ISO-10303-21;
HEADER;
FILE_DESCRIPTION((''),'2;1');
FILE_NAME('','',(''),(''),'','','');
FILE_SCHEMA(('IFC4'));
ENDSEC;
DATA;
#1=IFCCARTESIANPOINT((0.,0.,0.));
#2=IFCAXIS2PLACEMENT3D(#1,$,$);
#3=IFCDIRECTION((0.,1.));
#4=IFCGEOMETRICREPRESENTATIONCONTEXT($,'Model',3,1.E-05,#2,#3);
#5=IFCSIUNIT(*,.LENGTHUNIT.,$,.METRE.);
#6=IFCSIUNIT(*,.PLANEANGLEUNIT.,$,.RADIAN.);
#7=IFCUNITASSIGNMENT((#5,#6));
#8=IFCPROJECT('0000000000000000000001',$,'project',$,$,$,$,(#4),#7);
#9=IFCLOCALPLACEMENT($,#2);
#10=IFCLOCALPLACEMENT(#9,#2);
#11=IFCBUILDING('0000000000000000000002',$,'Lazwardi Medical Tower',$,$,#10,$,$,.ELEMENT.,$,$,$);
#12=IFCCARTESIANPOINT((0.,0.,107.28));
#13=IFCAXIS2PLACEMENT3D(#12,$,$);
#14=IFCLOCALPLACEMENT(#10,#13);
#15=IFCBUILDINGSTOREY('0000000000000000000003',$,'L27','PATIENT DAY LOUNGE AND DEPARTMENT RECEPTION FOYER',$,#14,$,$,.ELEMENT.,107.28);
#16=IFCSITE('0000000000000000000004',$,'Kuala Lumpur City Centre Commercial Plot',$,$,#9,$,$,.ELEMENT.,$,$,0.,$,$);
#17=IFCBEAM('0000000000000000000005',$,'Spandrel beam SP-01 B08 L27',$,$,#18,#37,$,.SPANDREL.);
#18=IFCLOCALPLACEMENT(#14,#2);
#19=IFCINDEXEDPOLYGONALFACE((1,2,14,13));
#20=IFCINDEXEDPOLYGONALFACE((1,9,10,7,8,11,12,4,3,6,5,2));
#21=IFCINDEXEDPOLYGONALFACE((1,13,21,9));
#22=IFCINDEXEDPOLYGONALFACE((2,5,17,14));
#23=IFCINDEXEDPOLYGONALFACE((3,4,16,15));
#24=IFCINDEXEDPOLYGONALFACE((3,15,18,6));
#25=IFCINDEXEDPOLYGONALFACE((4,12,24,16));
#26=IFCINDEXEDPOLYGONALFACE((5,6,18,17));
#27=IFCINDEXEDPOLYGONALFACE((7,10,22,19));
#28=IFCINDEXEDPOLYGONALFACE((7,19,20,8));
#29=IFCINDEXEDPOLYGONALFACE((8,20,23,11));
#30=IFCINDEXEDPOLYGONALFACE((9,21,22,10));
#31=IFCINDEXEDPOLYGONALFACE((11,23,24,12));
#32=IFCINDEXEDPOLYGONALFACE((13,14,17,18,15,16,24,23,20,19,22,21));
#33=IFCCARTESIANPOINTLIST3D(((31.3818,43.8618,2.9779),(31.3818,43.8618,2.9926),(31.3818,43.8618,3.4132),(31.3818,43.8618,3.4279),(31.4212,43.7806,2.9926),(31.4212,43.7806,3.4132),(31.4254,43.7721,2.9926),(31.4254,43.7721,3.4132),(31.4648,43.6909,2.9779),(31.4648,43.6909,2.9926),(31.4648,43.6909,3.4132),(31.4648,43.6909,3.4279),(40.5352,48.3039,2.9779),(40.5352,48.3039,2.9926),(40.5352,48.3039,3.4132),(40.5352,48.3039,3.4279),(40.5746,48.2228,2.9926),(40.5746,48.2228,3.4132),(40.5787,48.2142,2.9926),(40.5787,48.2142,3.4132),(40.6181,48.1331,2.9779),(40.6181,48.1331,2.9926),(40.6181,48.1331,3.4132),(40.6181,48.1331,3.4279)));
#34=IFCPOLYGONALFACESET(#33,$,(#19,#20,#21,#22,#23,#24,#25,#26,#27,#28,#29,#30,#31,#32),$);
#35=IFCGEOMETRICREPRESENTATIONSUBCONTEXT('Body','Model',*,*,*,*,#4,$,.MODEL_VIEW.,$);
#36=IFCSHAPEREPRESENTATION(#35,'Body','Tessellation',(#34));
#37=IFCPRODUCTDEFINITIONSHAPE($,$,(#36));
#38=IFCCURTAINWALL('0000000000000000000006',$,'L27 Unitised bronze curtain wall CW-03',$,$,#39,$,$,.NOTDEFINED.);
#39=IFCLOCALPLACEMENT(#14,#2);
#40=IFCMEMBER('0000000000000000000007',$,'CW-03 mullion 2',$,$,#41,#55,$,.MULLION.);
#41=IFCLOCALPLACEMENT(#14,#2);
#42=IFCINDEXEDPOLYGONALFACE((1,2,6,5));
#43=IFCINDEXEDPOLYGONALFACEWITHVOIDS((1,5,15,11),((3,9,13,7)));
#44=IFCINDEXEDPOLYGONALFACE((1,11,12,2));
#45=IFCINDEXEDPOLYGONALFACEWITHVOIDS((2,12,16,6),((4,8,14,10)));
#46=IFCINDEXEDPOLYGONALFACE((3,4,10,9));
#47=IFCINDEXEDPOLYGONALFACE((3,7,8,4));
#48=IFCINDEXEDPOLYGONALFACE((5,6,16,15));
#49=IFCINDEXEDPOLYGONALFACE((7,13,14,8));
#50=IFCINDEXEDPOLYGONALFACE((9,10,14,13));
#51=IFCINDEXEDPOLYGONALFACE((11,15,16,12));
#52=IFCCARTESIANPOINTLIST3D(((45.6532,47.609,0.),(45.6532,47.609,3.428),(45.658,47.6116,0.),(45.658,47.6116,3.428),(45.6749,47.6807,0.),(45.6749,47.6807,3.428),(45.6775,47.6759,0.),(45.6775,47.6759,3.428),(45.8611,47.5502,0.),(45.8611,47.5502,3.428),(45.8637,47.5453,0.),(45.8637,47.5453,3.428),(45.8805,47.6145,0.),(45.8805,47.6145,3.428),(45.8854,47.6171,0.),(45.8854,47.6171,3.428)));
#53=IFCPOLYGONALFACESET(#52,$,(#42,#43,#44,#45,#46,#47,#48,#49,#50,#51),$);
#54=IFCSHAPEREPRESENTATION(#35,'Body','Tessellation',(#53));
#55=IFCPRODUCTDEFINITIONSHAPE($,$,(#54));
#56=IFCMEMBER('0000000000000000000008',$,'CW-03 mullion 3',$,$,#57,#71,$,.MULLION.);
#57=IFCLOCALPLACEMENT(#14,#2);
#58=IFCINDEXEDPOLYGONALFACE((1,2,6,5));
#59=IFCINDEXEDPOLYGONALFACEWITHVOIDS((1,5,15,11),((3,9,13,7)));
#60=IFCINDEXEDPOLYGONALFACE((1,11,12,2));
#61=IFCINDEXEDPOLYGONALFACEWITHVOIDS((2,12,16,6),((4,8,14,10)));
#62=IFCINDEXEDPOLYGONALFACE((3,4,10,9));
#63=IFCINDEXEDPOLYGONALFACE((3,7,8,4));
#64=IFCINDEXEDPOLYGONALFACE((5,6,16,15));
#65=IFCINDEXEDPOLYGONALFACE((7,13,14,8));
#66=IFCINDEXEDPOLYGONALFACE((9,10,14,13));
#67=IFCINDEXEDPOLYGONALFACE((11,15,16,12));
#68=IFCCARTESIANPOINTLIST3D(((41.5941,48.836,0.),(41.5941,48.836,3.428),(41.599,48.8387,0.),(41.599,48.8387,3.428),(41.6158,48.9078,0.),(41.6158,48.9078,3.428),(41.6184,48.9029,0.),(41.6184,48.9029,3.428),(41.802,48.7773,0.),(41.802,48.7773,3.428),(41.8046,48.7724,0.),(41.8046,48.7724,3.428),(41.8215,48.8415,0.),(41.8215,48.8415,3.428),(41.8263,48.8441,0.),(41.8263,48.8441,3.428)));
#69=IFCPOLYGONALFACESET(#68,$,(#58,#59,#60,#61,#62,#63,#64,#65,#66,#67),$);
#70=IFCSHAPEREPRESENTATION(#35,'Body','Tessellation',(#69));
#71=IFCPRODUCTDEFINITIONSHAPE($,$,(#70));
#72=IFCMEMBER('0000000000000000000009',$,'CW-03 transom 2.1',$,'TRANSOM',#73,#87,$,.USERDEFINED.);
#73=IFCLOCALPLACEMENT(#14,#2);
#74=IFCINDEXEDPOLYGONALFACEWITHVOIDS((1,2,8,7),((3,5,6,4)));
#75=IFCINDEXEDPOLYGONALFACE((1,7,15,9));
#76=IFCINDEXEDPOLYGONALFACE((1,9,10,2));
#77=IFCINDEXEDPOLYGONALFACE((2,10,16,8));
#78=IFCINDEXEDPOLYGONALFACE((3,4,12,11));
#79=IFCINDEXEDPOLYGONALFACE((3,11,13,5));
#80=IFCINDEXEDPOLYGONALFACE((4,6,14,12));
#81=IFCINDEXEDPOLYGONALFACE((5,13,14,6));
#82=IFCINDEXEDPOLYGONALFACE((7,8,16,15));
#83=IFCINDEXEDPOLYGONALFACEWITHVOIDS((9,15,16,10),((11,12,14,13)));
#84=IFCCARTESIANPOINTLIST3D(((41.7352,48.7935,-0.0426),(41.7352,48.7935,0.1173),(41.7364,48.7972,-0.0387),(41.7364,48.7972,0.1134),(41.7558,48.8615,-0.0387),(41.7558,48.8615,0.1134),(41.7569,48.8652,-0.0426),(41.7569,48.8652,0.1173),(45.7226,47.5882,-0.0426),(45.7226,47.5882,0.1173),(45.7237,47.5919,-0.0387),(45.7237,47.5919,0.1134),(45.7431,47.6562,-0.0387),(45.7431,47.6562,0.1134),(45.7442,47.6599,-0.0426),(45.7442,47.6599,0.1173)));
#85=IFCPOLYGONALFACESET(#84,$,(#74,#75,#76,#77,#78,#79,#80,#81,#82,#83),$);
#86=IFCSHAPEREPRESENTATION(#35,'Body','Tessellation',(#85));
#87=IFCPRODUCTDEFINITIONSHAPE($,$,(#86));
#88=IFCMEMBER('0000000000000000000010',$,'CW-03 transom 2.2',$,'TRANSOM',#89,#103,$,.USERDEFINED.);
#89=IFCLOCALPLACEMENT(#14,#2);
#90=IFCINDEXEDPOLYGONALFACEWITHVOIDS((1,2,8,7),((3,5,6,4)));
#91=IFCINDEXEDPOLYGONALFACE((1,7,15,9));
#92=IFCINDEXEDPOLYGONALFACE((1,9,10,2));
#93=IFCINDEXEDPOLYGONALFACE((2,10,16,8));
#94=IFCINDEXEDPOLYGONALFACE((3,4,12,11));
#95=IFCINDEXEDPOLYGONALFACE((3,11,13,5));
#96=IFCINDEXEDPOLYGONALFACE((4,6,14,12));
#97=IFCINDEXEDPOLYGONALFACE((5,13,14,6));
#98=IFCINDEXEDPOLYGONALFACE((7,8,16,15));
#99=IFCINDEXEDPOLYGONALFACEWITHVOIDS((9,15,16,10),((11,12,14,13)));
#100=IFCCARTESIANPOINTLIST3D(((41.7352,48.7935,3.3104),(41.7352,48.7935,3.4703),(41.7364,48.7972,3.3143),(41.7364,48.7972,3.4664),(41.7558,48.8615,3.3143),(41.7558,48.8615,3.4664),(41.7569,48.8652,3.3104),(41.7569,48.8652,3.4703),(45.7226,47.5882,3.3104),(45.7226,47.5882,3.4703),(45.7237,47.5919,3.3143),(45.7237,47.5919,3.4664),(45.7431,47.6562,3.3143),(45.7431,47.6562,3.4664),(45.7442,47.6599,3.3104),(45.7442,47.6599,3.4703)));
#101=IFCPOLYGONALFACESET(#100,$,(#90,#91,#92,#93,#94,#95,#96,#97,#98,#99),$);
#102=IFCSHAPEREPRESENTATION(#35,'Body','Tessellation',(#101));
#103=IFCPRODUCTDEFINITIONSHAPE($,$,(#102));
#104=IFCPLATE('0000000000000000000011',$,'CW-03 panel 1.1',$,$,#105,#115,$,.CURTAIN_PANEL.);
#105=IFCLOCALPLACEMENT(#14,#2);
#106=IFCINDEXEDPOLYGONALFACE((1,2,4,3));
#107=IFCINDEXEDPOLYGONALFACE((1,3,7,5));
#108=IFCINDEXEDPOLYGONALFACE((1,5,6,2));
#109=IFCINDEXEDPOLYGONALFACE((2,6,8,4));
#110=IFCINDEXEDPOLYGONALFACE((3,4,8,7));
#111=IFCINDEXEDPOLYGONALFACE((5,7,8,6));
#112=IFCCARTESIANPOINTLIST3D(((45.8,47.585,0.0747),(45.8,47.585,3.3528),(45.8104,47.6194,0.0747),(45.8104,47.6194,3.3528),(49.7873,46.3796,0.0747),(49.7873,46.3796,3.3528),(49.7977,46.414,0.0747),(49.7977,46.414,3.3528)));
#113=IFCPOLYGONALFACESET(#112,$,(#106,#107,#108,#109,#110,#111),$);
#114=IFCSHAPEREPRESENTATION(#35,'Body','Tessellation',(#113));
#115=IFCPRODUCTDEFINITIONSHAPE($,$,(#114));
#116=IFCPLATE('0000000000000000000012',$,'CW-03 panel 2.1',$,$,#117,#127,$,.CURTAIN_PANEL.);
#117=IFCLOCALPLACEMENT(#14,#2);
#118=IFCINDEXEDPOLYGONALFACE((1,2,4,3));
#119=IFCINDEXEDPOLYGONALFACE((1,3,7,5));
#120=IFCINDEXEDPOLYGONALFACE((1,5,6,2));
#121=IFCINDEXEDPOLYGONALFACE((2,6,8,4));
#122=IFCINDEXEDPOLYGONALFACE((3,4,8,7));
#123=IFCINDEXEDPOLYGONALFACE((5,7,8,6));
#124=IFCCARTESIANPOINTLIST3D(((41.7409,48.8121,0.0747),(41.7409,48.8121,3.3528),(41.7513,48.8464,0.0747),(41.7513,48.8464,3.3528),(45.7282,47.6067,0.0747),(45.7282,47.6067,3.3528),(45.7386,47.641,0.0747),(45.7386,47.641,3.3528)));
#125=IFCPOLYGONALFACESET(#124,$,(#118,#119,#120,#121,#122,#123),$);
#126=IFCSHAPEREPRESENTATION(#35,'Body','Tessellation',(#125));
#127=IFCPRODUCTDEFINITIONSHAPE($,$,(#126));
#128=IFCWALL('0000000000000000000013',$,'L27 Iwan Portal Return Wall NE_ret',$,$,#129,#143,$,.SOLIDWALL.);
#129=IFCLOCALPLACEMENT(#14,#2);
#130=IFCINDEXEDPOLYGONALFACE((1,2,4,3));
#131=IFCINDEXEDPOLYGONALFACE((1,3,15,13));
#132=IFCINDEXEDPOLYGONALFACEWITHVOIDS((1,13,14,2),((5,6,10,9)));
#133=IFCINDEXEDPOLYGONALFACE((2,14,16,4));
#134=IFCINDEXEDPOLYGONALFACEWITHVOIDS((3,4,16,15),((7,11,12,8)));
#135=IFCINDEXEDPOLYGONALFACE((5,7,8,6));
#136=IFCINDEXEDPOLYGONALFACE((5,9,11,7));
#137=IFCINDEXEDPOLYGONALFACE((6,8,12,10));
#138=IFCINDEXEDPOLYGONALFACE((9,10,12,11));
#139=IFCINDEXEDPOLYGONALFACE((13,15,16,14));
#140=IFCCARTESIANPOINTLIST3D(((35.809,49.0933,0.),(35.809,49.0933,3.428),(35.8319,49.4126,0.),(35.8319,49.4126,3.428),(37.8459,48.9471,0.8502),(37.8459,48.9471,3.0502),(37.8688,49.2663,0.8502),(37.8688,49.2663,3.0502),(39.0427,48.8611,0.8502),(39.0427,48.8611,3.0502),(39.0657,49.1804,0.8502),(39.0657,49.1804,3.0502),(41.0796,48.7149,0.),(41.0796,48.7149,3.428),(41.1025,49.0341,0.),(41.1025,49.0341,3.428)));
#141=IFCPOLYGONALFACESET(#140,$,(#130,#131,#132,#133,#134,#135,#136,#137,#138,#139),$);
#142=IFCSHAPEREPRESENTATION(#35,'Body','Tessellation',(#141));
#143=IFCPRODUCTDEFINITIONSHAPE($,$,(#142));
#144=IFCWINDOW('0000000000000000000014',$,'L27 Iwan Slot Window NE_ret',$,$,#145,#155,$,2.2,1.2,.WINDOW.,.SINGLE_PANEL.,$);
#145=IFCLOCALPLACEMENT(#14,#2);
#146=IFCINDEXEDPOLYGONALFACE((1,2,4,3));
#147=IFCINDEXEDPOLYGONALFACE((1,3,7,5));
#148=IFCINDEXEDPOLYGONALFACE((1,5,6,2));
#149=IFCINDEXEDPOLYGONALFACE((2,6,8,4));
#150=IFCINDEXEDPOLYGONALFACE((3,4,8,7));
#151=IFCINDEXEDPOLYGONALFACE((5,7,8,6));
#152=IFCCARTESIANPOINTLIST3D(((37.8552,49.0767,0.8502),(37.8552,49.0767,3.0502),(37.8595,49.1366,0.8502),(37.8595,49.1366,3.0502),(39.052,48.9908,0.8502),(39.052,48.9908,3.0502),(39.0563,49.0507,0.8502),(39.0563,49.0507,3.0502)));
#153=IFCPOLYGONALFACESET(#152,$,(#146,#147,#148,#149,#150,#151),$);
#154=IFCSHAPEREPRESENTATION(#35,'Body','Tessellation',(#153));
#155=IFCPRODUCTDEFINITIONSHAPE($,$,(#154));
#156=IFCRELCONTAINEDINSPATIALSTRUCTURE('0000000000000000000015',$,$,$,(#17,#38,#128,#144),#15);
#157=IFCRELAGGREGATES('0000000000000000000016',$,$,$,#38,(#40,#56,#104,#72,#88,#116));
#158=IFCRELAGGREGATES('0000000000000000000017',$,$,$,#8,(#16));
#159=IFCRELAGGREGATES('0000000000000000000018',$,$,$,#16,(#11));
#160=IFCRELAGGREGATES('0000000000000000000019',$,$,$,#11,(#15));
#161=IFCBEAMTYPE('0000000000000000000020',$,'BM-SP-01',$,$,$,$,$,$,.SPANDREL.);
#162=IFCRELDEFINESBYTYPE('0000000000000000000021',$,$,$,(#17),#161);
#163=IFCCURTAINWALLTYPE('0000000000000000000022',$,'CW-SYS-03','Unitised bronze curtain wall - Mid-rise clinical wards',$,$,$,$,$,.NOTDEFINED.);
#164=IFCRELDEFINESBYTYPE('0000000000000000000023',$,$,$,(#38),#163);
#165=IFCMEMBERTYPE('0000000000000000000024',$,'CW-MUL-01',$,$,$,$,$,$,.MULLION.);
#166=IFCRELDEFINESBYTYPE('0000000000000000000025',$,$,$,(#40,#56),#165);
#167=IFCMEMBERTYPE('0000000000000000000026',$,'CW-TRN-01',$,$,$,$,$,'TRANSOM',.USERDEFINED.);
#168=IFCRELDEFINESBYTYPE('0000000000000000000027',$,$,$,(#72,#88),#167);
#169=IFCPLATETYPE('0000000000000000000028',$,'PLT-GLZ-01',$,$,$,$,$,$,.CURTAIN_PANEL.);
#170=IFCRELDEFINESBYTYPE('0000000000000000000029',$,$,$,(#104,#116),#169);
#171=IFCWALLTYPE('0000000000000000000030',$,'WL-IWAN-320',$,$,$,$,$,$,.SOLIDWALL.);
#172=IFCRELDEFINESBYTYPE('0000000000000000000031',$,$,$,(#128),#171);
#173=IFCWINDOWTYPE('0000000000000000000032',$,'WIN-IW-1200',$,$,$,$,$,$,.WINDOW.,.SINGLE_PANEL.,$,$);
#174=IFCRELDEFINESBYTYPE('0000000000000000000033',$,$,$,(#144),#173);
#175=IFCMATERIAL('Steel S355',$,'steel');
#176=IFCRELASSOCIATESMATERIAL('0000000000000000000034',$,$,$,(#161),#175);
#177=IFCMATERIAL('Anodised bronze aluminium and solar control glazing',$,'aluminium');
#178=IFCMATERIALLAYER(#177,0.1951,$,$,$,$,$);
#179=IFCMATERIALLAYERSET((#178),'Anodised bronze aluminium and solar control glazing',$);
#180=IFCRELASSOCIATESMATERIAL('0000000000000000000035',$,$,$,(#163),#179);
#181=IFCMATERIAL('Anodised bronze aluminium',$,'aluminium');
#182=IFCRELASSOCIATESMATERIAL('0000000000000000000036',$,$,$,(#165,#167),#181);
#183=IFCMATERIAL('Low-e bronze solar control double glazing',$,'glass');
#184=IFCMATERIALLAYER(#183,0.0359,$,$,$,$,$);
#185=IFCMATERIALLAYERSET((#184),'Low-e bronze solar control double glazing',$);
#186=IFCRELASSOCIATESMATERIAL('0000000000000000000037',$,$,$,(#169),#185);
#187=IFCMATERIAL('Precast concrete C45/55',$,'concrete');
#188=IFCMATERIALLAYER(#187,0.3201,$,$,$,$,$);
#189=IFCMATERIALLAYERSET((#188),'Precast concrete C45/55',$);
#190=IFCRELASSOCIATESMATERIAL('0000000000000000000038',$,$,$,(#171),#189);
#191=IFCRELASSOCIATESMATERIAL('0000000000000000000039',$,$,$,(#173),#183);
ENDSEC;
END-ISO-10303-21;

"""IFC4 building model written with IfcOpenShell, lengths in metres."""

from ifc_helpers import new_model, si_unit, direction, frame, frame_2d, origin, origin_2d, place, context, subcontext, project, spatial, rectangle, hollow_rectangle, i_section, extrude, material, layer, layer_set, material_profile, profile_set, type_object, element, fill, aggregate, save


model = new_model("IFC4")

# Units and contexts
model_context = context("Model", 3, precision=1e-05, world=origin(), true_north=direction((0.0, 1.0)))
body_context = subcontext(model_context, "Body", "Model", "MODEL_VIEW")
ifc_project = project(units=[si_unit("LENGTHUNIT", "METRE"), si_unit("PLANEANGLEUNIT", "RADIAN")], contexts=[model_context])

# Site, building, storey
site_placement = place(None, origin())
site = spatial("IfcSite", under=ifc_project, at=site_placement, Name="Kuala Lumpur City Centre Commercial Plot", CompositionType="ELEMENT", RefElevation=0.0)
building_placement = place(site_placement, origin())
building = spatial("IfcBuilding", under=site, at=building_placement, Name="Lazwardi Medical Tower", CompositionType="ELEMENT")
storey_placement = place(building_placement, frame((0.0, 0.0, 107.28)))
storey = spatial("IfcBuildingStorey", under=building, at=storey_placement, Name="L27", Description="PATIENT DAY LOUNGE AND DEPARTMENT RECEPTION FOYER", CompositionType="ELEMENT", Elevation=107.28)

# Beam
ifc_material_1 = material(Name="Steel S355", Category="steel")
ifc_material_profile_1 = material_profile(ifc_material_1, i_section(OverallWidth=0.1899, OverallDepth=0.45, WebThickness=0.0095, FlangeThickness=0.0146, at=origin_2d()), Name="IPE 450")
ifc_profile_set_1 = profile_set([ifc_material_profile_1], Name="Steel S355")
beam_type_1 = type_object("IfcBeamType", Name="BM-SP-01", PredefinedType="SPANDREL", material=ifc_profile_set_1)
beam_1_placement = place(storey_placement, frame((40.5767, 48.2185, 3.2029), z_axis=(-0.899653, -0.436605, 0.0), x_axis=(0.436605, -0.899653, 0.0)))
element("IfcBeam", 1, at=beam_1_placement, inside=storey, type_object=beam_type_1, Name="Spandrel beam SP-01 B08 L27", PredefinedType="SPANDREL", context=body_context, shape_type="SweptSolid", body=[
    extrude(i_section(OverallWidth=0.1899, OverallDepth=0.45, WebThickness=0.0095, FlangeThickness=0.0146, at=origin_2d()), origin(), (0.0, 0.0, 1.0), 10.1743),
])

# Curtain wall, members, plates
ifc_material_2 = material(Name="Anodised bronze aluminium and solar control glazing", Category="aluminium")
ifc_layer_1 = layer(ifc_material_2, 0.1951)
ifc_layer_set_1 = layer_set([ifc_layer_1], Name="Anodised bronze aluminium and solar control glazing")
curtain_wall_type = type_object("IfcCurtainWallType", Name="CW-SYS-03", Description="Unitised bronze curtain wall - Mid-rise clinical wards", PredefinedType="NOTDEFINED", material=ifc_layer_set_1)
curtain_wall_placement = place(storey_placement, origin())
curtain_wall = element("IfcCurtainWall", 2, at=curtain_wall_placement, inside=storey, type_object=curtain_wall_type, Name="L27 Unitised bronze curtain wall CW-03", PredefinedType="NOTDEFINED")
ifc_material_3 = material(Name="Anodised bronze aluminium", Category="aluminium")
ifc_material_profile_2 = material_profile(ifc_material_3, hollow_rectangle(XDim=0.075, YDim=0.22, WallThickness=0.0039, at=origin_2d()), Name="ALU-MULLION 220x75x4")
ifc_profile_set_2 = profile_set([ifc_material_profile_2], Name="Anodised bronze aluminium")
member_type_1 = type_object("IfcMemberType", Name="CW-MUL-01", PredefinedType="MULLION", material=ifc_profile_set_2)
member_1_placement = place(storey_placement, frame((45.7693, 47.613, 0.0), z_axis=(0.0, 0.0, 1.0), x_axis=(-0.289374, -0.957216, 0.0)))
member_1 = element("IfcMember", 3, at=member_1_placement, type_object=member_type_1, Name="CW-03 mullion 2", PredefinedType="MULLION", context=body_context, shape_type="SweptSolid", body=[
    extrude(hollow_rectangle(XDim=0.075, YDim=0.22, WallThickness=0.0039, at=origin_2d()), origin(), (0.0, 0.0, 1.0), 3.428),
])
member_2_placement = place(storey_placement, frame((41.7102, 48.8401, 0.0), z_axis=(0.0, 0.0, 1.0), x_axis=(-0.289374, -0.957216, 0.0)))
member_2 = element("IfcMember", 4, at=member_2_placement, type_object=member_type_1, Name="CW-03 mullion 3", PredefinedType="MULLION", context=body_context, shape_type="SweptSolid", body=[
    extrude(hollow_rectangle(XDim=0.075, YDim=0.22, WallThickness=0.0039, at=origin_2d()), origin(), (0.0, 0.0, 1.0), 3.428),
])
ifc_material_profile_3 = material_profile(ifc_material_3, hollow_rectangle(XDim=0.075, YDim=0.1599, WallThickness=0.0039, at=origin_2d()), Name="ALU-TRANSOM 160x75x4")
ifc_profile_set_3 = profile_set([ifc_material_profile_3], Name="Anodised bronze aluminium")
member_type_2 = type_object("IfcMemberType", Name="CW-TRN-01", ElementType="TRANSOM", PredefinedType="USERDEFINED", material=ifc_profile_set_3)
member_3_placement = place(storey_placement, frame((45.7334, 47.624, 0.0374), z_axis=(-0.957221, 0.289358, 0.0), x_axis=(-0.289358, -0.957221, 0.0)))
member_3 = element("IfcMember", 5, at=member_3_placement, type_object=member_type_2, Name="CW-03 transom 2.1", ObjectType="TRANSOM", PredefinedType="USERDEFINED", context=body_context, shape_type="SweptSolid", body=[
    extrude(hollow_rectangle(XDim=0.075, YDim=0.1599, WallThickness=0.0039, at=origin_2d()), origin(), (0.0, 0.0, 1.0), 4.1655),
])
member_4_placement = place(storey_placement, frame((45.7334, 47.624, 3.3904), z_axis=(-0.957221, 0.289358, 0.0), x_axis=(-0.289358, -0.957221, 0.0)))
member_4 = element("IfcMember", 6, at=member_4_placement, type_object=member_type_2, Name="CW-03 transom 2.2", ObjectType="TRANSOM", PredefinedType="USERDEFINED", context=body_context, shape_type="SweptSolid", body=[
    extrude(hollow_rectangle(XDim=0.075, YDim=0.1599, WallThickness=0.0039, at=origin_2d()), origin(), (0.0, 0.0, 1.0), 4.1655),
])
ifc_material_4 = material(Name="Low-e bronze solar control double glazing", Category="glass")
ifc_layer_2 = layer(ifc_material_4, 0.0359)
ifc_layer_set_2 = layer_set([ifc_layer_2], Name="Low-e bronze solar control double glazing")
plate_type = type_object("IfcPlateType", Name="PLT-GLZ-01", PredefinedType="CURTAIN_PANEL", material=ifc_layer_set_2)
plate_1_placement = place(storey_placement, frame((47.7988, 46.9995, 0.0747), z_axis=(0.0, 0.0, 1.0), x_axis=(-0.957216, 0.289374, 0.0)))
plate_1 = element("IfcPlate", 7, at=plate_1_placement, type_object=plate_type, Name="CW-03 panel 1.1", PredefinedType="CURTAIN_PANEL", context=body_context, shape_type="SweptSolid", body=[
    extrude(rectangle(XDim=4.1655, YDim=0.0359, at=origin_2d()), origin(), (0.0, 0.0, 1.0), 3.2781),
])
plate_2_placement = place(storey_placement, frame((43.7397, 48.2266, 0.0747), z_axis=(0.0, 0.0, 1.0), x_axis=(-0.957216, 0.289374, 0.0)))
plate_2 = element("IfcPlate", 8, at=plate_2_placement, type_object=plate_type, Name="CW-03 panel 2.1", PredefinedType="CURTAIN_PANEL", context=body_context, shape_type="SweptSolid", body=[
    extrude(rectangle(XDim=4.1655, YDim=0.0359, at=origin_2d()), origin(), (0.0, 0.0, 1.0), 3.2781),
])
aggregate(curtain_wall, [member_1, member_2, plate_1, member_3, member_4, plate_2])

# Wall, opening, window
ifc_material_5 = material(Name="Precast concrete C45/55", Category="concrete")
ifc_layer_3 = layer(ifc_material_5, 0.3201)
ifc_layer_set_3 = layer_set([ifc_layer_3], Name="Precast concrete C45/55")
wall_type_1 = type_object("IfcWallType", Name="WL-IWAN-320", PredefinedType="SOLIDWALL", material=ifc_layer_set_3)
wall_1_placement = place(storey_placement, frame((41.0911, 48.8745, 0.0), z_axis=(0.0, 0.0, 1.0), x_axis=(-0.997432, 0.071615, 0.0)))
wall_1 = element("IfcWall", 9, at=wall_1_placement, inside=storey, type_object=wall_type_1, Name="L27 Iwan Portal Return Wall NE_ret", PredefinedType="SOLIDWALL", context=body_context, shape_type="SweptSolid", body=[
    extrude(rectangle(XDim=5.2842, YDim=0.3201, at=frame_2d((2.6421, 0.0))), origin(), (0.0, 0.0, 1.0), 3.428),
])
opening_1_placement = place(wall_1_placement, frame((2.042, 0.0, 0.8501)))
opening_1 = element("IfcOpeningElement", 10, at=opening_1_placement, cuts=wall_1, PredefinedType="OPENING", context=body_context, shape_type="SweptSolid", body=[
    extrude(rectangle(XDim=1.2, YDim=2.2, at=frame_2d((0.6001, 1.1001))), frame((0.0, 0.1699, 0.0), z_axis=(0.0, -1.0, 0.0), x_axis=(1.0, 0.0, 0.0)), (0.0, 0.0, 1.0), 0.3401),
])
window_type_1 = type_object("IfcWindowType", Name="WIN-IW-1200", PartitioningType="SINGLE_PANEL", PredefinedType="WINDOW", material=ifc_material_4)
window_1_placement = place(opening_1_placement, origin())
window_1 = element("IfcWindow", 11, at=window_1_placement, inside=storey, type_object=window_type_1, Name="L27 Iwan Slot Window NE_ret", OverallHeight=2.2, OverallWidth=1.2, PartitioningType="SINGLE_PANEL", PredefinedType="WINDOW", context=body_context, shape_type="SweptSolid", body=[
    extrude(rectangle(XDim=1.2, YDim=2.2, at=frame_2d((0.6001, 1.1001))), frame((0.0, 0.03, 0.0), z_axis=(0.0, -1.0, 0.0), x_axis=(1.0, 0.0, 0.0)), (0.0, 0.0, 1.0), 0.0601),
])
fill(opening_1, window_1)

save(model, "model.ifc")
